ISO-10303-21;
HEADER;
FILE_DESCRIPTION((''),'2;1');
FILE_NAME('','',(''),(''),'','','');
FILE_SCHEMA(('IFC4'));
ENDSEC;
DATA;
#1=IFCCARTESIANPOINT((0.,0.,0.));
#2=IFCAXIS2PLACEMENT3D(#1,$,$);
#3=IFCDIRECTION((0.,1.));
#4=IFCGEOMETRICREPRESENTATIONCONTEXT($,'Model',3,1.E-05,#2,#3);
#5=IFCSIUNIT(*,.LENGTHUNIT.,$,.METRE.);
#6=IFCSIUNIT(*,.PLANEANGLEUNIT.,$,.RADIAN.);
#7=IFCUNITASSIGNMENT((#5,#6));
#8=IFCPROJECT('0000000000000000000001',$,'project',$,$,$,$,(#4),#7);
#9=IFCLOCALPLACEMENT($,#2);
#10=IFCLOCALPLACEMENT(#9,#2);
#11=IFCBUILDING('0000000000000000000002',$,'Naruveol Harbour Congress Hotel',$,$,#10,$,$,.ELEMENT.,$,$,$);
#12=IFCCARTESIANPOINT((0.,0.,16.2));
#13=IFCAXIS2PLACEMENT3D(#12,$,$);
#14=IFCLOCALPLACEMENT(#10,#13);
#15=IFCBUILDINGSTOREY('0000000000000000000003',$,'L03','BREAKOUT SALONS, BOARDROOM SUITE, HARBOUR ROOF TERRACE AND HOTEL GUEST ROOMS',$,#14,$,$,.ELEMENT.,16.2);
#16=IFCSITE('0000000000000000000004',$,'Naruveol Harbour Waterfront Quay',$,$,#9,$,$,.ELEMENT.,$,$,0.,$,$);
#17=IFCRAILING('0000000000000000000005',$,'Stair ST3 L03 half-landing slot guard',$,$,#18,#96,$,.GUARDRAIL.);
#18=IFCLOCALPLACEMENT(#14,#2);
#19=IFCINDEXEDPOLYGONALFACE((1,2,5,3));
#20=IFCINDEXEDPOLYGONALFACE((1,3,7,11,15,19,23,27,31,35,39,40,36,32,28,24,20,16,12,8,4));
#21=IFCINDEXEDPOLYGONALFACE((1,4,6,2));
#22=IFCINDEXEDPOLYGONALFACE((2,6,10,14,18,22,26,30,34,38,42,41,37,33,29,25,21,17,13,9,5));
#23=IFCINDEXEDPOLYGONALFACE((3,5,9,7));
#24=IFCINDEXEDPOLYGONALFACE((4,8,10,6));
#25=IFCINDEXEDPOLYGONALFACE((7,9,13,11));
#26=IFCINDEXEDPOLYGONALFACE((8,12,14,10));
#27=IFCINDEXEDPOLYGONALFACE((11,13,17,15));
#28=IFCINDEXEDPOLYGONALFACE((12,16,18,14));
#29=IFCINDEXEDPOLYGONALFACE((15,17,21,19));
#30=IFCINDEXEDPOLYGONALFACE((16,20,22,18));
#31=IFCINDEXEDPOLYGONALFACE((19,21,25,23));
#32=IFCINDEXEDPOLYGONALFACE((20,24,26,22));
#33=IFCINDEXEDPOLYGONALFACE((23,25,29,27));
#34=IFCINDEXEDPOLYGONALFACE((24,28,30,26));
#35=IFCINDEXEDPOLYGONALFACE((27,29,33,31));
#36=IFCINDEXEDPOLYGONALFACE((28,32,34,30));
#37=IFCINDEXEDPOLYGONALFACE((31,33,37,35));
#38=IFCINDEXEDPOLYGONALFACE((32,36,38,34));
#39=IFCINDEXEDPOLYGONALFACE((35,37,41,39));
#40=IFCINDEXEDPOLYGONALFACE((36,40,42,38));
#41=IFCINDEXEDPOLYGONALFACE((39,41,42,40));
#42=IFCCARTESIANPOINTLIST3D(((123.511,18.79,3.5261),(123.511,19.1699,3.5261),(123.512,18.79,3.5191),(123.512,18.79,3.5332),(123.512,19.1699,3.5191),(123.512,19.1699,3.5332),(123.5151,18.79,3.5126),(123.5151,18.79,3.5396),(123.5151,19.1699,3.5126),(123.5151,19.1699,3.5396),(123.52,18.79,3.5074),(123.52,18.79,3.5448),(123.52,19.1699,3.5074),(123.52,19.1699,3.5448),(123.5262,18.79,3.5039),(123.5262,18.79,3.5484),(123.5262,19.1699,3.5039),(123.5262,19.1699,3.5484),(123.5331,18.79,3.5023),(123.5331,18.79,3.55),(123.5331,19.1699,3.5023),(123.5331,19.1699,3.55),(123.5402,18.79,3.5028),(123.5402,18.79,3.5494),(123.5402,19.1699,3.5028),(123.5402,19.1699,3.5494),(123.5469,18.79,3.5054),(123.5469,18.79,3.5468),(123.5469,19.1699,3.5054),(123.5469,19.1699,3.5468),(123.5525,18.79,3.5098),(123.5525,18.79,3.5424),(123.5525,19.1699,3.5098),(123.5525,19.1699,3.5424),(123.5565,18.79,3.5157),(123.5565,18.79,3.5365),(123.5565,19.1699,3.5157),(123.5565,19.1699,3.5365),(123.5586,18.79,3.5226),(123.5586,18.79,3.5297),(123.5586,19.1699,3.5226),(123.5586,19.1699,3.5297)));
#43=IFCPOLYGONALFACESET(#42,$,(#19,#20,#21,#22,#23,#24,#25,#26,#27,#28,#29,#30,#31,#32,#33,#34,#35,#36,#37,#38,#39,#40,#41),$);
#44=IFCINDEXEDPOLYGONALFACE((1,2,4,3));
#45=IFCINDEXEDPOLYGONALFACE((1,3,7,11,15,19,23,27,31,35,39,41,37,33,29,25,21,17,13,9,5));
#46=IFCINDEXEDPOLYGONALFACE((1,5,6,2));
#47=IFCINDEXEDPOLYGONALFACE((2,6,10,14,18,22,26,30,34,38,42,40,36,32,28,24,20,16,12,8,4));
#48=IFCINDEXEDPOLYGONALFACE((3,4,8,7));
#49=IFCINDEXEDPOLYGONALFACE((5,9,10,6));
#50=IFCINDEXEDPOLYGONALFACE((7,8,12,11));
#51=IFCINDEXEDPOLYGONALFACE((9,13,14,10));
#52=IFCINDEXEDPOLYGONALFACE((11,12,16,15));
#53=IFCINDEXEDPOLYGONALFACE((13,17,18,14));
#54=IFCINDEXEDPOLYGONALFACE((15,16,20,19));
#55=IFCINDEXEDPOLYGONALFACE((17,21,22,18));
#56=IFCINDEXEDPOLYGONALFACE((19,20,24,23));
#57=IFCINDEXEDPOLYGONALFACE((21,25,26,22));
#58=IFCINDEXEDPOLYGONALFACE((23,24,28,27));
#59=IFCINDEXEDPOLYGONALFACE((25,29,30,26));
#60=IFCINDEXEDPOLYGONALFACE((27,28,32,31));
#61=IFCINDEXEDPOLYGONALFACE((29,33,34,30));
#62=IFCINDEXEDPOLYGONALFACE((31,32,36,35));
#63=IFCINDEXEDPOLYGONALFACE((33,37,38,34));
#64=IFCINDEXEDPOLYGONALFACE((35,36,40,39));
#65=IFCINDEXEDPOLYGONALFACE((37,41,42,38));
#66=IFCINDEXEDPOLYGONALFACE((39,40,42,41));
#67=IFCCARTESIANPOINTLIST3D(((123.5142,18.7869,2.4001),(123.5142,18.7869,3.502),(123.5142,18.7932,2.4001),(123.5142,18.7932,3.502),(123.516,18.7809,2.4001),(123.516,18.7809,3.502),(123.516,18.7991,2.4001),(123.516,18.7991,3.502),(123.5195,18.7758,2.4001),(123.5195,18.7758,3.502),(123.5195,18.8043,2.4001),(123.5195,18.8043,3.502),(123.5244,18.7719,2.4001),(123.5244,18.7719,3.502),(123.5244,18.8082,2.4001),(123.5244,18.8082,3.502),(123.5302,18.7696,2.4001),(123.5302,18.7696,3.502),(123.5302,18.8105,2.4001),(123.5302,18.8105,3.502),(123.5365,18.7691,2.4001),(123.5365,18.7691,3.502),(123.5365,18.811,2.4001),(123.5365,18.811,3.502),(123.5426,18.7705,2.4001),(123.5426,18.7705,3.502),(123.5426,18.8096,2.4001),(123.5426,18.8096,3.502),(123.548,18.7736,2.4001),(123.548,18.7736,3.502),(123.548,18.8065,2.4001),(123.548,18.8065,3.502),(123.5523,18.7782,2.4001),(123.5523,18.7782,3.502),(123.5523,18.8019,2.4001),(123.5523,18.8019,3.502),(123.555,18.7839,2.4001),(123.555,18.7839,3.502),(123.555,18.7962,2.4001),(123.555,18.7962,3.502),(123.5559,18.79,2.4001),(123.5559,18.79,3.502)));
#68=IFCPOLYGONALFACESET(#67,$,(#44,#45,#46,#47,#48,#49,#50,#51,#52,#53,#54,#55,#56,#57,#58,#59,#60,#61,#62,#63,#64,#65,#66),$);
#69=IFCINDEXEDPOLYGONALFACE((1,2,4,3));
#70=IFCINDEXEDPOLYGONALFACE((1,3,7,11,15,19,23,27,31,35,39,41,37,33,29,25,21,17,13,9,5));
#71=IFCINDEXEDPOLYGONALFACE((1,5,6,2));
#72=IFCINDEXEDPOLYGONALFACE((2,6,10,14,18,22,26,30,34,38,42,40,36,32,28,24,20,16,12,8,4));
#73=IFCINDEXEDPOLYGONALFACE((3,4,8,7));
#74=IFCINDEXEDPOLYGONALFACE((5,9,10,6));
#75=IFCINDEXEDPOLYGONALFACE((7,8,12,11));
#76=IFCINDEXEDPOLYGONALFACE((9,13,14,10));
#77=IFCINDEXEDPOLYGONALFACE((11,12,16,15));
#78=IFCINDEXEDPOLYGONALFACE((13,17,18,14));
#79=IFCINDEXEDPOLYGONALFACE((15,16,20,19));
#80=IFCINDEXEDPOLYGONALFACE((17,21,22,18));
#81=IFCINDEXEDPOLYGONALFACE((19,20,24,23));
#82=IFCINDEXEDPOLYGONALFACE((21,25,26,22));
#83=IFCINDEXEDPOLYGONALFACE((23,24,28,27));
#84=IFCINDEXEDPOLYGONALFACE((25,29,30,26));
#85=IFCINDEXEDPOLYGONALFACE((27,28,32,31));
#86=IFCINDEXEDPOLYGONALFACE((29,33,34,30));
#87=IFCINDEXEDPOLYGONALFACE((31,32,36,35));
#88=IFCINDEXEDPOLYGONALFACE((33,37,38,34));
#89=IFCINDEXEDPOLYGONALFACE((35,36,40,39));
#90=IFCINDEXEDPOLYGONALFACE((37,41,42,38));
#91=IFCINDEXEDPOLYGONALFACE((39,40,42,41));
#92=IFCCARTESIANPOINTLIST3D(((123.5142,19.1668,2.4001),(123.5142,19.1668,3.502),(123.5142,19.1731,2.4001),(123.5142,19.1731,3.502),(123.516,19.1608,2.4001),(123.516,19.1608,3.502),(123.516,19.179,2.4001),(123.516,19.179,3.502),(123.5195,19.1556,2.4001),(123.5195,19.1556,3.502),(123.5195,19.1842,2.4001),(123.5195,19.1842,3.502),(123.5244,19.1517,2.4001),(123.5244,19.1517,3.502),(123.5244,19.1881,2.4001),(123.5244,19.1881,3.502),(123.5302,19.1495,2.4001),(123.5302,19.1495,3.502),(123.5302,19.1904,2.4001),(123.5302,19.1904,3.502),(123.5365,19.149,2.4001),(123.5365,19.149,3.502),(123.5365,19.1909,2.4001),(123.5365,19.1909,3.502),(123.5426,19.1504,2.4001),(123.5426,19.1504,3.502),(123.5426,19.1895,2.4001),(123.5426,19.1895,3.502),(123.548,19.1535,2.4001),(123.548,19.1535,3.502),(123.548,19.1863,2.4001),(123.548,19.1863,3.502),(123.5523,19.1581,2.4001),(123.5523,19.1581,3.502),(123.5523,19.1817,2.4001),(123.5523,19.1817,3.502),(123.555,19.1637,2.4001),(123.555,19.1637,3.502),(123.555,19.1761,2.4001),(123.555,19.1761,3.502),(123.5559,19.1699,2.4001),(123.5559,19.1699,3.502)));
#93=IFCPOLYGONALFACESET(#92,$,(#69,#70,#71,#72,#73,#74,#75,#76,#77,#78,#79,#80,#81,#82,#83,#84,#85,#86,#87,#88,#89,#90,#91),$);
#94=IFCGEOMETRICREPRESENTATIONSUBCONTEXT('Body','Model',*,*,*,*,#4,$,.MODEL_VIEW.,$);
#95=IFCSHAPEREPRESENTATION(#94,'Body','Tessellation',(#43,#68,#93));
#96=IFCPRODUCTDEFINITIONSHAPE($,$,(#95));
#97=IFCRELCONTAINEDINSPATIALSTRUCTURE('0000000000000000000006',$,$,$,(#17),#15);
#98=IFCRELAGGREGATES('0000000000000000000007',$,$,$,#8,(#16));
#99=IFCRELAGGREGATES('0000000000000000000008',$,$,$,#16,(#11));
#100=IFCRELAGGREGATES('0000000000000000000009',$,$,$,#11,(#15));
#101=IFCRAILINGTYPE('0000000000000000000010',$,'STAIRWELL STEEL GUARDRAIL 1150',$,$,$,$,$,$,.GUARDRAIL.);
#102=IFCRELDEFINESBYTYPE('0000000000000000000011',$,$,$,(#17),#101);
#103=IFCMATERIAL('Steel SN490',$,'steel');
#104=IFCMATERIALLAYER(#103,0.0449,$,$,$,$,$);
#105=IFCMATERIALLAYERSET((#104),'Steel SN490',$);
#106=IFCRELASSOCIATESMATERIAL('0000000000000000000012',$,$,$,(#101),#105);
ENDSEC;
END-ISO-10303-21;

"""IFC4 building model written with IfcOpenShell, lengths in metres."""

from ifc_helpers import new_model, si_unit, direction, frame, origin, origin_2d, place, context, subcontext, project, spatial, circle, extrude, material, layer, layer_set, type_object, element, save


model = new_model("IFC4")

# Units and contexts
model_context = context("Model", 3, precision=1e-05, world=origin(), true_north=direction((0.0, 1.0)))
body_context = subcontext(model_context, "Body", "Model", "MODEL_VIEW")
ifc_project = project(units=[si_unit("LENGTHUNIT", "METRE"), si_unit("PLANEANGLEUNIT", "RADIAN")], contexts=[model_context])

# Site, building, storey
site_placement = place(None, origin())
site = spatial("IfcSite", under=ifc_project, at=site_placement, Name="Naruveol Harbour Waterfront Quay", CompositionType="ELEMENT", RefElevation=0.0)
building_placement = place(site_placement, origin())
building = spatial("IfcBuilding", under=site, at=building_placement, Name="Naruveol Harbour Congress Hotel", CompositionType="ELEMENT")
storey_placement = place(building_placement, frame((0.0, 0.0, 16.2)))
storey = spatial("IfcBuildingStorey", under=building, at=storey_placement, Name="L03", Description="BREAKOUT SALONS, BOARDROOM SUITE, HARBOUR ROOF TERRACE AND HOTEL GUEST ROOMS", CompositionType="ELEMENT", Elevation=16.2)

# Railing
ifc_material_1 = material(Name="Steel SN490", Category="steel")
ifc_layer_1 = layer(ifc_material_1, 0.0449)
ifc_layer_set_1 = layer_set([ifc_layer_1], Name="Steel SN490")
railing_type_1 = type_object("IfcRailingType", Name="STAIRWELL STEEL GUARDRAIL 1150", PredefinedType="GUARDRAIL", material=ifc_layer_set_1)
railing_1_placement = place(storey_placement, frame((123.5349, 18.79, 2.4001)))
element("IfcRailing", 1, at=railing_1_placement, inside=storey, type_object=railing_type_1, Name="Stair ST3 L03 half-landing slot guard", PredefinedType="GUARDRAIL", context=body_context, shape_type="SweptSolid", body=[
    extrude(circle(Radius=0.0239, at=origin_2d()), frame((0.0, 0.0, 1.126), z_axis=(0.0, 1.0, 0.0), x_axis=(-1.0, 0.0, 0.0)), (0.0, 0.0, 1.0), 0.3799),
    extrude(circle(Radius=0.021, at=origin_2d()), origin(), (0.0, 0.0, 1.0), 1.1018),
    extrude(circle(Radius=0.021, at=origin_2d()), frame((0.0, 0.3799, 0.0)), (0.0, 0.0, 1.0), 1.1018),
])

save(model, "model.ifc")
